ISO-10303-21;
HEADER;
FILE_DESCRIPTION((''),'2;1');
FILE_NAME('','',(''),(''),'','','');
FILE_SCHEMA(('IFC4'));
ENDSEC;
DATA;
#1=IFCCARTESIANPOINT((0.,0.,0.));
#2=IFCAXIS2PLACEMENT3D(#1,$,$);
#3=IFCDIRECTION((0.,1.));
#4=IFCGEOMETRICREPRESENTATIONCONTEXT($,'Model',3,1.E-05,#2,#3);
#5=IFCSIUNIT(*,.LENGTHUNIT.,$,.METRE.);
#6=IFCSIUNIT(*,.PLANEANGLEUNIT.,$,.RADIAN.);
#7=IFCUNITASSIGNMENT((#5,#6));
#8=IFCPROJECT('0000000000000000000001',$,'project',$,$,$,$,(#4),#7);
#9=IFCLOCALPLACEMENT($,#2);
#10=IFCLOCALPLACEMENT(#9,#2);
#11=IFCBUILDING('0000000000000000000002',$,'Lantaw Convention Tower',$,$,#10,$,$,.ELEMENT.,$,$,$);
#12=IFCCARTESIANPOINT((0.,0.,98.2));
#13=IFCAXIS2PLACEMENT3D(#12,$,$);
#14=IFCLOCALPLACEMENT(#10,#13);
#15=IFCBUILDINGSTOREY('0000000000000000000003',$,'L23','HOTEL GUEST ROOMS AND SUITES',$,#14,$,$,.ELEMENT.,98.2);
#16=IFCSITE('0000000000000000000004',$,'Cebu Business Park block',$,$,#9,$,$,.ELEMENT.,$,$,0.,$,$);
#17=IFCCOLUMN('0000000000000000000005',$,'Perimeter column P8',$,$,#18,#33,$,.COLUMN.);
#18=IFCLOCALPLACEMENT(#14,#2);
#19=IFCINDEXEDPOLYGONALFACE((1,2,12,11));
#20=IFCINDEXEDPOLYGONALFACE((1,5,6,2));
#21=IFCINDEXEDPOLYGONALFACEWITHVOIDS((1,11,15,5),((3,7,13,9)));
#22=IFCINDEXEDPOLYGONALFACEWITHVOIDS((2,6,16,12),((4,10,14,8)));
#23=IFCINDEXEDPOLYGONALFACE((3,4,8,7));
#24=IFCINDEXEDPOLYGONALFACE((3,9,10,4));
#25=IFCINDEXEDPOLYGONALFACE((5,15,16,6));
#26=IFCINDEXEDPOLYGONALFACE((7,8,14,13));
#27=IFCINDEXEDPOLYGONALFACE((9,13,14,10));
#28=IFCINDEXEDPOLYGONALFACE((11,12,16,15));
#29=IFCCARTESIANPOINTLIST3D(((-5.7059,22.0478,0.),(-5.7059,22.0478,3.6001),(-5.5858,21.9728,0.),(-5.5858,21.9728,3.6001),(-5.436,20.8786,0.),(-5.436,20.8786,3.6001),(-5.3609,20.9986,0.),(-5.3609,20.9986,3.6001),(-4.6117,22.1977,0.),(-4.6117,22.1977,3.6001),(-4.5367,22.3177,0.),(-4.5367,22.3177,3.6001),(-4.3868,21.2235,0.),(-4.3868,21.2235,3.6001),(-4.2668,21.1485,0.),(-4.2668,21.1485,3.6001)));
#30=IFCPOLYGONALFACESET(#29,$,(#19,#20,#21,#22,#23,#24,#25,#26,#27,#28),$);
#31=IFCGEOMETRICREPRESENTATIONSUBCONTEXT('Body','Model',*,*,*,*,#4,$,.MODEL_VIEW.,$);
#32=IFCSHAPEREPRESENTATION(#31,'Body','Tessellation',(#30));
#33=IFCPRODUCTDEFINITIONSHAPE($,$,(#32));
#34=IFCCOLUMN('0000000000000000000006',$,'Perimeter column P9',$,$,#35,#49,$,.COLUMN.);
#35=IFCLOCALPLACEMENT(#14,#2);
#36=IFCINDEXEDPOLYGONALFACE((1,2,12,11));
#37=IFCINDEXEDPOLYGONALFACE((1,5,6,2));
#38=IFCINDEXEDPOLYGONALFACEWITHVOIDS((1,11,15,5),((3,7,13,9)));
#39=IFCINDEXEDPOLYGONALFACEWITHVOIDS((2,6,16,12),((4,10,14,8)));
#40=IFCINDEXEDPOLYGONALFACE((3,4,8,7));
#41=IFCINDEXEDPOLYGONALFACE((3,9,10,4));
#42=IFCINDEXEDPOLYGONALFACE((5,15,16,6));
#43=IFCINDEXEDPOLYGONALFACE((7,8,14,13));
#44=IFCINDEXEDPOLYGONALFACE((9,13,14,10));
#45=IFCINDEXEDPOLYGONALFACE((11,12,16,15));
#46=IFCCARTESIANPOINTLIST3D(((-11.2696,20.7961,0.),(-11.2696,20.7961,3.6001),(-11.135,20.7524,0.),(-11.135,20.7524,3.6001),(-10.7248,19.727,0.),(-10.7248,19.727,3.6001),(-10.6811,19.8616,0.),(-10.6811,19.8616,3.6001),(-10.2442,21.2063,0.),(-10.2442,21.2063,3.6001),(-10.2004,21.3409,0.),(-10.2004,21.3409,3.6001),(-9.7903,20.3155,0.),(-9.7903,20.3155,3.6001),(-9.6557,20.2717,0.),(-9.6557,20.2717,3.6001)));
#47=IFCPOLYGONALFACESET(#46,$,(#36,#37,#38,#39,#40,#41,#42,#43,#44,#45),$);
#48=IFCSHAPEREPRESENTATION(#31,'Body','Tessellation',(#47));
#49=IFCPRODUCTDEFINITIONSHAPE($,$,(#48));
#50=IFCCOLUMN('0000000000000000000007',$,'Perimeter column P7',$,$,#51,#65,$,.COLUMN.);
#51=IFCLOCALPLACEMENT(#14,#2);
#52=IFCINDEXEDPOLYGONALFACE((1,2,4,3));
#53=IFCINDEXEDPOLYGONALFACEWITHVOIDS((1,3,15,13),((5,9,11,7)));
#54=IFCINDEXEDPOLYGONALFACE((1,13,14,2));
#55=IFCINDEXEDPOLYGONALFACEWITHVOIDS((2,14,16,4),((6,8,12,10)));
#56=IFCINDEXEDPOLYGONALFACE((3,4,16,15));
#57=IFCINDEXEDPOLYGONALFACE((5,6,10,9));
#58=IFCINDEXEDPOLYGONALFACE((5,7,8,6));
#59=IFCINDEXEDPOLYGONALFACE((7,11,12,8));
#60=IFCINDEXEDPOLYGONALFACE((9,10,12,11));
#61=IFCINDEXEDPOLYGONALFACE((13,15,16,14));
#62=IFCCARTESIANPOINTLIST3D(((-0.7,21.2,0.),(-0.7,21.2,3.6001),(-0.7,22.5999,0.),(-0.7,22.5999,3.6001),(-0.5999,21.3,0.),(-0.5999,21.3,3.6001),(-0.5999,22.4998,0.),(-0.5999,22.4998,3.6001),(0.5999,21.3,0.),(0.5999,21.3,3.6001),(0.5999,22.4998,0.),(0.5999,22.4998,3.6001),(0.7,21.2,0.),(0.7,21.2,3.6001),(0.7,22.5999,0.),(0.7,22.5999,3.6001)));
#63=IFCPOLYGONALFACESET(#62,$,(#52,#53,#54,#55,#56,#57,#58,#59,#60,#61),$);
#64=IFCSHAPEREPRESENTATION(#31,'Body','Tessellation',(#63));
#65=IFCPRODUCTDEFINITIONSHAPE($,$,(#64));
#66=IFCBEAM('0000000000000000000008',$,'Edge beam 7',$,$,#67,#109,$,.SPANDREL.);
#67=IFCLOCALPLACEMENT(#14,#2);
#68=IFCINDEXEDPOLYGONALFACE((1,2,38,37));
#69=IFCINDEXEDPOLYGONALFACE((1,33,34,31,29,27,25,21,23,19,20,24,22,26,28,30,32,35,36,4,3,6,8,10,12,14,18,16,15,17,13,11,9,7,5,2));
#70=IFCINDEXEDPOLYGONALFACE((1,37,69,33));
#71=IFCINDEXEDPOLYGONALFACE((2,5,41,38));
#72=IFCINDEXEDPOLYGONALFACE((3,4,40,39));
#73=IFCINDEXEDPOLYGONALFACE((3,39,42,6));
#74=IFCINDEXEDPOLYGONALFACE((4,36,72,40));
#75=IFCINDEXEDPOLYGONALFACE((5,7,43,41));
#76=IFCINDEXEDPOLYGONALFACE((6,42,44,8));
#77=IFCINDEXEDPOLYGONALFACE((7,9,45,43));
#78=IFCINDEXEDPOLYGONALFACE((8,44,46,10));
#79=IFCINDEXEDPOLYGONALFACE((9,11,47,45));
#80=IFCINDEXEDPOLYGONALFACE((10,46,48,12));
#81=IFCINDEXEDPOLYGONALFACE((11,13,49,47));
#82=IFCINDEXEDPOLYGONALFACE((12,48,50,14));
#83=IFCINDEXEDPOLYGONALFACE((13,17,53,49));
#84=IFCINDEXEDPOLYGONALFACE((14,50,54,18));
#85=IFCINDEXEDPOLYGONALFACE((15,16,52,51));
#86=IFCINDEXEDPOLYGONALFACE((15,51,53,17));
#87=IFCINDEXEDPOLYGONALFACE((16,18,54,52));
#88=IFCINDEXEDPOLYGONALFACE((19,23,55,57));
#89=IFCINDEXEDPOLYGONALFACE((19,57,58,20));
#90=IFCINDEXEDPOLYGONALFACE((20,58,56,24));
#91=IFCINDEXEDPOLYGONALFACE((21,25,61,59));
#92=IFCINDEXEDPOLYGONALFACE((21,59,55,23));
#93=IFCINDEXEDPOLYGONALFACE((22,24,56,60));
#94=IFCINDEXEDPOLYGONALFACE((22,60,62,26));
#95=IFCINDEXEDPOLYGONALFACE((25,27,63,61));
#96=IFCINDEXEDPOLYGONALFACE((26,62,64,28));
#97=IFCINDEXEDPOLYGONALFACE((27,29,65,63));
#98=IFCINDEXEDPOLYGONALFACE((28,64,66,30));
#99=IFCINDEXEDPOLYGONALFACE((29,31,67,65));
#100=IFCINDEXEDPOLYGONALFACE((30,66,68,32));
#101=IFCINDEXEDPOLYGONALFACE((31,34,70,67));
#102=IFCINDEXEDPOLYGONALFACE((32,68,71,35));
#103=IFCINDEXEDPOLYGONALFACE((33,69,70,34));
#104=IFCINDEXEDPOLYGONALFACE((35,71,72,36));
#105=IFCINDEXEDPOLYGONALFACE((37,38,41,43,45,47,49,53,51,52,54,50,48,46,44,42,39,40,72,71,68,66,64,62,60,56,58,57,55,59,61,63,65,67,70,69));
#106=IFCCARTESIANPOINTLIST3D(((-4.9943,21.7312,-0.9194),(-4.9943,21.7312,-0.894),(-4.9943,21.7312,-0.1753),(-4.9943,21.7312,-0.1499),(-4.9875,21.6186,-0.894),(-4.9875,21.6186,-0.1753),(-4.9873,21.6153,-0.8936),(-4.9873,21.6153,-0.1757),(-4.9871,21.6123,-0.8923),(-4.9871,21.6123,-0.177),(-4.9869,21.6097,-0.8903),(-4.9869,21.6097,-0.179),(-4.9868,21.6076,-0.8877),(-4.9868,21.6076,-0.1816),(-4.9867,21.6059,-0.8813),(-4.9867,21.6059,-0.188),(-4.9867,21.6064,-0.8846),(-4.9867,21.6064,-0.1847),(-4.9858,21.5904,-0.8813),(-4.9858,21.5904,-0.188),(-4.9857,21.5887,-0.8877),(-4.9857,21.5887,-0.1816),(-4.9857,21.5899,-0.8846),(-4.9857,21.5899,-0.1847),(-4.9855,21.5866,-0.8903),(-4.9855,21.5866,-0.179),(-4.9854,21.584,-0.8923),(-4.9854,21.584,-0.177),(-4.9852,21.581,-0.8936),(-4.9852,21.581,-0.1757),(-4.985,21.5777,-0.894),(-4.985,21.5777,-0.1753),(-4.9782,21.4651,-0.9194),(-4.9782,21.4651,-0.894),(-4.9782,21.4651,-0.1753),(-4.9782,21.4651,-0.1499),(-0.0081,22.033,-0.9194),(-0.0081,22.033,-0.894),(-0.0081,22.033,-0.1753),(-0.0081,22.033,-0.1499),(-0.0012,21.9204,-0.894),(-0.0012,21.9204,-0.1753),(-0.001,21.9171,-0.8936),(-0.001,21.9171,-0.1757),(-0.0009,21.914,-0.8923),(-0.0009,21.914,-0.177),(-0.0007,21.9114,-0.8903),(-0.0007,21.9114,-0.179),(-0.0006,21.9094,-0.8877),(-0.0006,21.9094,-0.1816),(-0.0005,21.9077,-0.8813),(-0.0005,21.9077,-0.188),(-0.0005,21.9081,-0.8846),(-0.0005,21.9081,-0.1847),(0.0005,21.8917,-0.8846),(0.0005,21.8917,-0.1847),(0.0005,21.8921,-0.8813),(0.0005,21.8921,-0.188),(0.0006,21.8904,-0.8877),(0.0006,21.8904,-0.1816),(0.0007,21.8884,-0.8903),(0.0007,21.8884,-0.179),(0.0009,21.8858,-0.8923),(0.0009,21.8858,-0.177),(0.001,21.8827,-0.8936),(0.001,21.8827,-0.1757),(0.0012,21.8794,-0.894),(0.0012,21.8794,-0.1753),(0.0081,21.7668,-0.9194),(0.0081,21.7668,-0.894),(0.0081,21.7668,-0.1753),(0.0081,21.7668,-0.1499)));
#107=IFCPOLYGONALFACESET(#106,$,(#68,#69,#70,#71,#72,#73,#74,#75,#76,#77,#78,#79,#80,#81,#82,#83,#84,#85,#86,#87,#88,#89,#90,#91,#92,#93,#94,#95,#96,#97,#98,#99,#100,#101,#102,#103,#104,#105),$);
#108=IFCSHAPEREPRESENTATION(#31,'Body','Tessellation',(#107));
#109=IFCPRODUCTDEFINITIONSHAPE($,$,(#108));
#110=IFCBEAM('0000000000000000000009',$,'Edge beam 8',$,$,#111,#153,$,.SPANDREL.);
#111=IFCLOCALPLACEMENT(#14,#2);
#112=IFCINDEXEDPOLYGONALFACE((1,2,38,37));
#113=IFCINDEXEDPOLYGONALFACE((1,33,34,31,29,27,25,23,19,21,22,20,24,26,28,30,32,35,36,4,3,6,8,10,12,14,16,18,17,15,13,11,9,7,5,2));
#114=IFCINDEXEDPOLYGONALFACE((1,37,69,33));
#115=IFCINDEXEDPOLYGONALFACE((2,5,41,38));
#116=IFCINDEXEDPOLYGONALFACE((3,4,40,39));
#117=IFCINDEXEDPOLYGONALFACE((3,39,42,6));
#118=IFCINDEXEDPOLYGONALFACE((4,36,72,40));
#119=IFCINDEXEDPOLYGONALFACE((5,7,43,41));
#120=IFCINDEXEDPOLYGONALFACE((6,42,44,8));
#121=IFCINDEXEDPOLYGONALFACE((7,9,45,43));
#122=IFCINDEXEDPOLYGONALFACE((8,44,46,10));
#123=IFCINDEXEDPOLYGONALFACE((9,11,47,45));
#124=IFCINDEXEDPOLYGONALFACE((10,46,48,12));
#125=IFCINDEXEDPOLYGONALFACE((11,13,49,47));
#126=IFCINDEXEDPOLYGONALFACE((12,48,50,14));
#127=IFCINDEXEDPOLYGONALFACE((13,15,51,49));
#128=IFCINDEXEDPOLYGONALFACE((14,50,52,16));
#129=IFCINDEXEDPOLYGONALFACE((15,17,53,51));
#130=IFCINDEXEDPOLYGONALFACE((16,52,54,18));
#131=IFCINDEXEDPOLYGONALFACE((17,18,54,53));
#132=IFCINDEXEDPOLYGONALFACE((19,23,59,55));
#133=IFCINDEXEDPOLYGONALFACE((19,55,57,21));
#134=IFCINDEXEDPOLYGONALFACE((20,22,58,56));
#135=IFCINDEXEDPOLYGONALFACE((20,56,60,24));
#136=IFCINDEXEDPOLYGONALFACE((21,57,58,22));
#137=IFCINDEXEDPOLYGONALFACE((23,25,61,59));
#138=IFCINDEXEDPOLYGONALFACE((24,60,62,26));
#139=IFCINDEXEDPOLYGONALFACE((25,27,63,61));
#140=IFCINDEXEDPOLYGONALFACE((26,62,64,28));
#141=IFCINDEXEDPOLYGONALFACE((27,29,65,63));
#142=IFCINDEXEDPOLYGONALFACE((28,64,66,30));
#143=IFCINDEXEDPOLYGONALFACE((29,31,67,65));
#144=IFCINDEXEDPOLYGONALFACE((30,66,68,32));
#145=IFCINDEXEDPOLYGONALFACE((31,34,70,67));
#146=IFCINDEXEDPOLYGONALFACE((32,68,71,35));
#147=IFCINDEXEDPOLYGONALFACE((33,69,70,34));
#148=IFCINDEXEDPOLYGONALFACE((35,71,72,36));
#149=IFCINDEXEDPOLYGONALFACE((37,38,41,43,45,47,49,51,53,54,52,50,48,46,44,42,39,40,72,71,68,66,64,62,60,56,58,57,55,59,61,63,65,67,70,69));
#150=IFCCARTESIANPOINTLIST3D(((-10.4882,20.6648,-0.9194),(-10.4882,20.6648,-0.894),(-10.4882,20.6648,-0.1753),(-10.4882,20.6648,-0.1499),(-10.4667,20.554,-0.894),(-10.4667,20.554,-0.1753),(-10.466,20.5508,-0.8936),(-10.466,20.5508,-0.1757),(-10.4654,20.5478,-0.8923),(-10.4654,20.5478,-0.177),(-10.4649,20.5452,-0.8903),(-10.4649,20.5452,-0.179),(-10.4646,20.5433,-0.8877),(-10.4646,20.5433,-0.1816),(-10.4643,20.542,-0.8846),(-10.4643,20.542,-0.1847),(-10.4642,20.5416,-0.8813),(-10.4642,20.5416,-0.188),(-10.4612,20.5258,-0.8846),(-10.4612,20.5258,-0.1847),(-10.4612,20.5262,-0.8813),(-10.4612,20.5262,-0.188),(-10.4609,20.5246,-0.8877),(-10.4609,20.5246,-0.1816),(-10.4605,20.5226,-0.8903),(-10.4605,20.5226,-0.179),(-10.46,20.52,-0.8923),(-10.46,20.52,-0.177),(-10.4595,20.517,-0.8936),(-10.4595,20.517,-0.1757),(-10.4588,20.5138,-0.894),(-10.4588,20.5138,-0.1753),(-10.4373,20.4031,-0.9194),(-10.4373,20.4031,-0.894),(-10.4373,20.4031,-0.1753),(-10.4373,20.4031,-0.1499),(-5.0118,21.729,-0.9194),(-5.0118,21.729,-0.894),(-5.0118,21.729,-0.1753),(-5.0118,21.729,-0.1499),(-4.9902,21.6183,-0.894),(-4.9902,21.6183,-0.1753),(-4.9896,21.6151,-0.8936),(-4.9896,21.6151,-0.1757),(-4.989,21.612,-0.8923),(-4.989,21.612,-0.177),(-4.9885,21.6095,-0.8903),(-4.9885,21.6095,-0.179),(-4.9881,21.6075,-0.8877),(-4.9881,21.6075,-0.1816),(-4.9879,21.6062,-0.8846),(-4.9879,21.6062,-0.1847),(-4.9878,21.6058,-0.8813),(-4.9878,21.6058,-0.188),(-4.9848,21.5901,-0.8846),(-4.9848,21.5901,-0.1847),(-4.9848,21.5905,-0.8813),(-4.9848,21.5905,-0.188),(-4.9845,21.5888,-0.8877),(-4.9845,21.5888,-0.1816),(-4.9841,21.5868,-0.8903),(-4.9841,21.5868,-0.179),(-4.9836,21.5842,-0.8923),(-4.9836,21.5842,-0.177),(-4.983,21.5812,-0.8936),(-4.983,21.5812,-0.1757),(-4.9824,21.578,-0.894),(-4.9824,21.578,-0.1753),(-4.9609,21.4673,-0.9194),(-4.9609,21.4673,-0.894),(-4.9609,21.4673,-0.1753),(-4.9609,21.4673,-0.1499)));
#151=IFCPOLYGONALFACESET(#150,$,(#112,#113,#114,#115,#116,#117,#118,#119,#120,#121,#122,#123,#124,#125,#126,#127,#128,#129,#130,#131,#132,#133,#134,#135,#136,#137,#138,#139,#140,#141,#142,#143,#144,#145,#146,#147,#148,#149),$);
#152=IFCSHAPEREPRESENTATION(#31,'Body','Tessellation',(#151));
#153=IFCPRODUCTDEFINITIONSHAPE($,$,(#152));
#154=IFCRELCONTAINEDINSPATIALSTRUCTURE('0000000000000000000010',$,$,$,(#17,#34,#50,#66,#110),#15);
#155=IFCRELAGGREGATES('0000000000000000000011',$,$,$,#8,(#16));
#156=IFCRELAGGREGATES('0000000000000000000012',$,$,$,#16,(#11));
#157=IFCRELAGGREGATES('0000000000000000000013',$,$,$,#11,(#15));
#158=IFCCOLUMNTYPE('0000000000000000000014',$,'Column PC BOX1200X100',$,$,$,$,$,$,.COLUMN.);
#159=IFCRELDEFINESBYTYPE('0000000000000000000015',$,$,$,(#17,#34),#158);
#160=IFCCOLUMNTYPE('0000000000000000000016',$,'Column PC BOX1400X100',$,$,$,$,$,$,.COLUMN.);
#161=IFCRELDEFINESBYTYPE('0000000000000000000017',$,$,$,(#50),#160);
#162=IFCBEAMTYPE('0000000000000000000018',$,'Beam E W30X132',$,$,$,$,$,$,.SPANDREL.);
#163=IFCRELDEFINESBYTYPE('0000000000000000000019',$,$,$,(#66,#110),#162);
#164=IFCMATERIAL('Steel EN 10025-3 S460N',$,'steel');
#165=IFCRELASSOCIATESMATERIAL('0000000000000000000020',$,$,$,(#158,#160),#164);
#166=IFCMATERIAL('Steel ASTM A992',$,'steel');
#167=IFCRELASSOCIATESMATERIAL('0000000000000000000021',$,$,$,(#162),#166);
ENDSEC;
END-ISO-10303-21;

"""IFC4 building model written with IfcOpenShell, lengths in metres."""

from ifc_helpers import new_model, si_unit, direction, frame, origin, origin_2d, place, context, subcontext, project, spatial, rectangle, hollow_rectangle, i_section, extrude, material, material_profile, profile_set, type_object, element, save


model = new_model("IFC4")

# Units and contexts
model_context = context("Model", 3, precision=1e-05, world=origin(), true_north=direction((0.0, 1.0)))
body_context = subcontext(model_context, "Body", "Model", "MODEL_VIEW")
ifc_project = project(units=[si_unit("LENGTHUNIT", "METRE"), si_unit("PLANEANGLEUNIT", "RADIAN")], contexts=[model_context])

# Site, building, storey
site_placement = place(None, origin())
site = spatial("IfcSite", under=ifc_project, at=site_placement, Name="Cebu Business Park block", CompositionType="ELEMENT", RefElevation=0.0)
building_placement = place(site_placement, origin())
building = spatial("IfcBuilding", under=site, at=building_placement, Name="Lantaw Convention Tower", CompositionType="ELEMENT")
storey_placement = place(building_placement, frame((0.0, 0.0, 98.2)))
storey = spatial("IfcBuildingStorey", under=building, at=storey_placement, Name="L23", Description="HOTEL GUEST ROOMS AND SUITES", CompositionType="ELEMENT", Elevation=98.2)

# Columns
ifc_material_1 = material(Name="Steel EN 10025-3 S460N", Category="steel")
ifc_material_profile_1 = material_profile(ifc_material_1, hollow_rectangle(XDim=1.2, YDim=1.2, WallThickness=0.1001, at=origin_2d()), Name="BOX1200X100")
ifc_material_2 = material(Name="Concrete C60/75", Category="concrete")
ifc_material_profile_2 = material_profile(ifc_material_2, rectangle(XDim=1.0, YDim=1.0, at=origin_2d()), Name="Concrete fill of BOX1200X100")
ifc_profile_set_1 = profile_set([ifc_material_profile_1, ifc_material_profile_2], Name="Steel EN 10025-3 S460N")
column_type_1 = type_object("IfcColumnType", Name="Column PC BOX1200X100", PredefinedType="COLUMN", material=ifc_profile_set_1)
for number, where, z_axis, x_axis, name in (
    (1, (-4.9863, 21.5981, 0.0), (0.0, 0.0, 1.0), (0.97437, 0.224951, 0.0), "Perimeter column P8"),
    (2, (-10.4626, 20.5339, 0.0), (0.0, 0.0, 1.0), (0.891007, 0.45399, 0.0), "Perimeter column P9"),
):
    element("IfcColumn", number, at=place(storey_placement, frame(where, z_axis=z_axis, x_axis=x_axis)), inside=storey, type_object=column_type_1, Name=name, PredefinedType="COLUMN", context=body_context, shape_type="SweptSolid", body=[
        extrude(hollow_rectangle(XDim=1.2, YDim=1.2, WallThickness=0.1001, at=origin_2d()), origin(), (0.0, 0.0, 1.0), 3.6001),
    ])
ifc_material_profile_3 = material_profile(ifc_material_1, hollow_rectangle(XDim=1.3999, YDim=1.3999, WallThickness=0.1001, at=origin_2d()), Name="BOX1400X100")
ifc_material_profile_4 = material_profile(ifc_material_2, rectangle(XDim=1.2, YDim=1.2, at=origin_2d()), Name="Concrete fill of BOX1400X100")
ifc_profile_set_2 = profile_set([ifc_material_profile_3, ifc_material_profile_4], Name="Steel EN 10025-3 S460N")
column_type_2 = type_object("IfcColumnType", Name="Column PC BOX1400X100", PredefinedType="COLUMN", material=ifc_profile_set_2)
column_placement = place(storey_placement, frame((0.0, 21.8999, 0.0), z_axis=(0.0, 0.0, 1.0), x_axis=(1.0, 0.0, 0.0)))
element("IfcColumn", 3, at=column_placement, inside=storey, type_object=column_type_2, Name="Perimeter column P7", PredefinedType="COLUMN", context=body_context, shape_type="SweptSolid", body=[
    extrude(hollow_rectangle(XDim=1.3999, YDim=1.3999, WallThickness=0.1001, at=origin_2d()), origin(), (0.0, 0.0, 1.0), 3.6001),
])

# Beams
ifc_material_3 = material(Name="Steel ASTM A992", Category="steel")
ifc_material_profile_5 = material_profile(ifc_material_3, i_section(OverallWidth=0.2666, OverallDepth=0.7695, WebThickness=0.0156, FlangeThickness=0.0254, FilletRadius=0.0127, at=origin_2d()), Name="W30X132")
ifc_profile_set_3 = profile_set([ifc_material_profile_5], Name="Steel ASTM A992")
beam_type = type_object("IfcBeamType", Name="Beam E W30X132", PredefinedType="SPANDREL", material=ifc_profile_set_3)
beam_1_placement = place(storey_placement, frame((0.0, 21.8999, -0.5347), z_axis=(-0.998174, -0.060407, 0.0), x_axis=(0.060407, -0.998174, 0.0)))
element("IfcBeam", 4, at=beam_1_placement, inside=storey, type_object=beam_type, Name="Edge beam 7", PredefinedType="SPANDREL", context=body_context, shape_type="SweptSolid", body=[
    extrude(i_section(OverallWidth=0.2666, OverallDepth=0.7695, WebThickness=0.0156, FlangeThickness=0.0254, FilletRadius=0.0127, at=origin_2d()), origin(), (0.0, 0.0, 1.0), 4.9954),
])
beam_2_placement = place(storey_placement, frame((-4.9863, 21.5981, -0.5347), z_axis=(-0.981637, -0.190761, 0.0), x_axis=(0.190761, -0.981637, 0.0)))
element("IfcBeam", 5, at=beam_2_placement, inside=storey, type_object=beam_type, Name="Edge beam 8", PredefinedType="SPANDREL", context=body_context, shape_type="SweptSolid", body=[
    extrude(i_section(OverallWidth=0.2666, OverallDepth=0.7695, WebThickness=0.0156, FlangeThickness=0.0254, FilletRadius=0.0127, at=origin_2d()), origin(), (0.0, 0.0, 1.0), 5.5789),
])

save(model, "model.ifc")
